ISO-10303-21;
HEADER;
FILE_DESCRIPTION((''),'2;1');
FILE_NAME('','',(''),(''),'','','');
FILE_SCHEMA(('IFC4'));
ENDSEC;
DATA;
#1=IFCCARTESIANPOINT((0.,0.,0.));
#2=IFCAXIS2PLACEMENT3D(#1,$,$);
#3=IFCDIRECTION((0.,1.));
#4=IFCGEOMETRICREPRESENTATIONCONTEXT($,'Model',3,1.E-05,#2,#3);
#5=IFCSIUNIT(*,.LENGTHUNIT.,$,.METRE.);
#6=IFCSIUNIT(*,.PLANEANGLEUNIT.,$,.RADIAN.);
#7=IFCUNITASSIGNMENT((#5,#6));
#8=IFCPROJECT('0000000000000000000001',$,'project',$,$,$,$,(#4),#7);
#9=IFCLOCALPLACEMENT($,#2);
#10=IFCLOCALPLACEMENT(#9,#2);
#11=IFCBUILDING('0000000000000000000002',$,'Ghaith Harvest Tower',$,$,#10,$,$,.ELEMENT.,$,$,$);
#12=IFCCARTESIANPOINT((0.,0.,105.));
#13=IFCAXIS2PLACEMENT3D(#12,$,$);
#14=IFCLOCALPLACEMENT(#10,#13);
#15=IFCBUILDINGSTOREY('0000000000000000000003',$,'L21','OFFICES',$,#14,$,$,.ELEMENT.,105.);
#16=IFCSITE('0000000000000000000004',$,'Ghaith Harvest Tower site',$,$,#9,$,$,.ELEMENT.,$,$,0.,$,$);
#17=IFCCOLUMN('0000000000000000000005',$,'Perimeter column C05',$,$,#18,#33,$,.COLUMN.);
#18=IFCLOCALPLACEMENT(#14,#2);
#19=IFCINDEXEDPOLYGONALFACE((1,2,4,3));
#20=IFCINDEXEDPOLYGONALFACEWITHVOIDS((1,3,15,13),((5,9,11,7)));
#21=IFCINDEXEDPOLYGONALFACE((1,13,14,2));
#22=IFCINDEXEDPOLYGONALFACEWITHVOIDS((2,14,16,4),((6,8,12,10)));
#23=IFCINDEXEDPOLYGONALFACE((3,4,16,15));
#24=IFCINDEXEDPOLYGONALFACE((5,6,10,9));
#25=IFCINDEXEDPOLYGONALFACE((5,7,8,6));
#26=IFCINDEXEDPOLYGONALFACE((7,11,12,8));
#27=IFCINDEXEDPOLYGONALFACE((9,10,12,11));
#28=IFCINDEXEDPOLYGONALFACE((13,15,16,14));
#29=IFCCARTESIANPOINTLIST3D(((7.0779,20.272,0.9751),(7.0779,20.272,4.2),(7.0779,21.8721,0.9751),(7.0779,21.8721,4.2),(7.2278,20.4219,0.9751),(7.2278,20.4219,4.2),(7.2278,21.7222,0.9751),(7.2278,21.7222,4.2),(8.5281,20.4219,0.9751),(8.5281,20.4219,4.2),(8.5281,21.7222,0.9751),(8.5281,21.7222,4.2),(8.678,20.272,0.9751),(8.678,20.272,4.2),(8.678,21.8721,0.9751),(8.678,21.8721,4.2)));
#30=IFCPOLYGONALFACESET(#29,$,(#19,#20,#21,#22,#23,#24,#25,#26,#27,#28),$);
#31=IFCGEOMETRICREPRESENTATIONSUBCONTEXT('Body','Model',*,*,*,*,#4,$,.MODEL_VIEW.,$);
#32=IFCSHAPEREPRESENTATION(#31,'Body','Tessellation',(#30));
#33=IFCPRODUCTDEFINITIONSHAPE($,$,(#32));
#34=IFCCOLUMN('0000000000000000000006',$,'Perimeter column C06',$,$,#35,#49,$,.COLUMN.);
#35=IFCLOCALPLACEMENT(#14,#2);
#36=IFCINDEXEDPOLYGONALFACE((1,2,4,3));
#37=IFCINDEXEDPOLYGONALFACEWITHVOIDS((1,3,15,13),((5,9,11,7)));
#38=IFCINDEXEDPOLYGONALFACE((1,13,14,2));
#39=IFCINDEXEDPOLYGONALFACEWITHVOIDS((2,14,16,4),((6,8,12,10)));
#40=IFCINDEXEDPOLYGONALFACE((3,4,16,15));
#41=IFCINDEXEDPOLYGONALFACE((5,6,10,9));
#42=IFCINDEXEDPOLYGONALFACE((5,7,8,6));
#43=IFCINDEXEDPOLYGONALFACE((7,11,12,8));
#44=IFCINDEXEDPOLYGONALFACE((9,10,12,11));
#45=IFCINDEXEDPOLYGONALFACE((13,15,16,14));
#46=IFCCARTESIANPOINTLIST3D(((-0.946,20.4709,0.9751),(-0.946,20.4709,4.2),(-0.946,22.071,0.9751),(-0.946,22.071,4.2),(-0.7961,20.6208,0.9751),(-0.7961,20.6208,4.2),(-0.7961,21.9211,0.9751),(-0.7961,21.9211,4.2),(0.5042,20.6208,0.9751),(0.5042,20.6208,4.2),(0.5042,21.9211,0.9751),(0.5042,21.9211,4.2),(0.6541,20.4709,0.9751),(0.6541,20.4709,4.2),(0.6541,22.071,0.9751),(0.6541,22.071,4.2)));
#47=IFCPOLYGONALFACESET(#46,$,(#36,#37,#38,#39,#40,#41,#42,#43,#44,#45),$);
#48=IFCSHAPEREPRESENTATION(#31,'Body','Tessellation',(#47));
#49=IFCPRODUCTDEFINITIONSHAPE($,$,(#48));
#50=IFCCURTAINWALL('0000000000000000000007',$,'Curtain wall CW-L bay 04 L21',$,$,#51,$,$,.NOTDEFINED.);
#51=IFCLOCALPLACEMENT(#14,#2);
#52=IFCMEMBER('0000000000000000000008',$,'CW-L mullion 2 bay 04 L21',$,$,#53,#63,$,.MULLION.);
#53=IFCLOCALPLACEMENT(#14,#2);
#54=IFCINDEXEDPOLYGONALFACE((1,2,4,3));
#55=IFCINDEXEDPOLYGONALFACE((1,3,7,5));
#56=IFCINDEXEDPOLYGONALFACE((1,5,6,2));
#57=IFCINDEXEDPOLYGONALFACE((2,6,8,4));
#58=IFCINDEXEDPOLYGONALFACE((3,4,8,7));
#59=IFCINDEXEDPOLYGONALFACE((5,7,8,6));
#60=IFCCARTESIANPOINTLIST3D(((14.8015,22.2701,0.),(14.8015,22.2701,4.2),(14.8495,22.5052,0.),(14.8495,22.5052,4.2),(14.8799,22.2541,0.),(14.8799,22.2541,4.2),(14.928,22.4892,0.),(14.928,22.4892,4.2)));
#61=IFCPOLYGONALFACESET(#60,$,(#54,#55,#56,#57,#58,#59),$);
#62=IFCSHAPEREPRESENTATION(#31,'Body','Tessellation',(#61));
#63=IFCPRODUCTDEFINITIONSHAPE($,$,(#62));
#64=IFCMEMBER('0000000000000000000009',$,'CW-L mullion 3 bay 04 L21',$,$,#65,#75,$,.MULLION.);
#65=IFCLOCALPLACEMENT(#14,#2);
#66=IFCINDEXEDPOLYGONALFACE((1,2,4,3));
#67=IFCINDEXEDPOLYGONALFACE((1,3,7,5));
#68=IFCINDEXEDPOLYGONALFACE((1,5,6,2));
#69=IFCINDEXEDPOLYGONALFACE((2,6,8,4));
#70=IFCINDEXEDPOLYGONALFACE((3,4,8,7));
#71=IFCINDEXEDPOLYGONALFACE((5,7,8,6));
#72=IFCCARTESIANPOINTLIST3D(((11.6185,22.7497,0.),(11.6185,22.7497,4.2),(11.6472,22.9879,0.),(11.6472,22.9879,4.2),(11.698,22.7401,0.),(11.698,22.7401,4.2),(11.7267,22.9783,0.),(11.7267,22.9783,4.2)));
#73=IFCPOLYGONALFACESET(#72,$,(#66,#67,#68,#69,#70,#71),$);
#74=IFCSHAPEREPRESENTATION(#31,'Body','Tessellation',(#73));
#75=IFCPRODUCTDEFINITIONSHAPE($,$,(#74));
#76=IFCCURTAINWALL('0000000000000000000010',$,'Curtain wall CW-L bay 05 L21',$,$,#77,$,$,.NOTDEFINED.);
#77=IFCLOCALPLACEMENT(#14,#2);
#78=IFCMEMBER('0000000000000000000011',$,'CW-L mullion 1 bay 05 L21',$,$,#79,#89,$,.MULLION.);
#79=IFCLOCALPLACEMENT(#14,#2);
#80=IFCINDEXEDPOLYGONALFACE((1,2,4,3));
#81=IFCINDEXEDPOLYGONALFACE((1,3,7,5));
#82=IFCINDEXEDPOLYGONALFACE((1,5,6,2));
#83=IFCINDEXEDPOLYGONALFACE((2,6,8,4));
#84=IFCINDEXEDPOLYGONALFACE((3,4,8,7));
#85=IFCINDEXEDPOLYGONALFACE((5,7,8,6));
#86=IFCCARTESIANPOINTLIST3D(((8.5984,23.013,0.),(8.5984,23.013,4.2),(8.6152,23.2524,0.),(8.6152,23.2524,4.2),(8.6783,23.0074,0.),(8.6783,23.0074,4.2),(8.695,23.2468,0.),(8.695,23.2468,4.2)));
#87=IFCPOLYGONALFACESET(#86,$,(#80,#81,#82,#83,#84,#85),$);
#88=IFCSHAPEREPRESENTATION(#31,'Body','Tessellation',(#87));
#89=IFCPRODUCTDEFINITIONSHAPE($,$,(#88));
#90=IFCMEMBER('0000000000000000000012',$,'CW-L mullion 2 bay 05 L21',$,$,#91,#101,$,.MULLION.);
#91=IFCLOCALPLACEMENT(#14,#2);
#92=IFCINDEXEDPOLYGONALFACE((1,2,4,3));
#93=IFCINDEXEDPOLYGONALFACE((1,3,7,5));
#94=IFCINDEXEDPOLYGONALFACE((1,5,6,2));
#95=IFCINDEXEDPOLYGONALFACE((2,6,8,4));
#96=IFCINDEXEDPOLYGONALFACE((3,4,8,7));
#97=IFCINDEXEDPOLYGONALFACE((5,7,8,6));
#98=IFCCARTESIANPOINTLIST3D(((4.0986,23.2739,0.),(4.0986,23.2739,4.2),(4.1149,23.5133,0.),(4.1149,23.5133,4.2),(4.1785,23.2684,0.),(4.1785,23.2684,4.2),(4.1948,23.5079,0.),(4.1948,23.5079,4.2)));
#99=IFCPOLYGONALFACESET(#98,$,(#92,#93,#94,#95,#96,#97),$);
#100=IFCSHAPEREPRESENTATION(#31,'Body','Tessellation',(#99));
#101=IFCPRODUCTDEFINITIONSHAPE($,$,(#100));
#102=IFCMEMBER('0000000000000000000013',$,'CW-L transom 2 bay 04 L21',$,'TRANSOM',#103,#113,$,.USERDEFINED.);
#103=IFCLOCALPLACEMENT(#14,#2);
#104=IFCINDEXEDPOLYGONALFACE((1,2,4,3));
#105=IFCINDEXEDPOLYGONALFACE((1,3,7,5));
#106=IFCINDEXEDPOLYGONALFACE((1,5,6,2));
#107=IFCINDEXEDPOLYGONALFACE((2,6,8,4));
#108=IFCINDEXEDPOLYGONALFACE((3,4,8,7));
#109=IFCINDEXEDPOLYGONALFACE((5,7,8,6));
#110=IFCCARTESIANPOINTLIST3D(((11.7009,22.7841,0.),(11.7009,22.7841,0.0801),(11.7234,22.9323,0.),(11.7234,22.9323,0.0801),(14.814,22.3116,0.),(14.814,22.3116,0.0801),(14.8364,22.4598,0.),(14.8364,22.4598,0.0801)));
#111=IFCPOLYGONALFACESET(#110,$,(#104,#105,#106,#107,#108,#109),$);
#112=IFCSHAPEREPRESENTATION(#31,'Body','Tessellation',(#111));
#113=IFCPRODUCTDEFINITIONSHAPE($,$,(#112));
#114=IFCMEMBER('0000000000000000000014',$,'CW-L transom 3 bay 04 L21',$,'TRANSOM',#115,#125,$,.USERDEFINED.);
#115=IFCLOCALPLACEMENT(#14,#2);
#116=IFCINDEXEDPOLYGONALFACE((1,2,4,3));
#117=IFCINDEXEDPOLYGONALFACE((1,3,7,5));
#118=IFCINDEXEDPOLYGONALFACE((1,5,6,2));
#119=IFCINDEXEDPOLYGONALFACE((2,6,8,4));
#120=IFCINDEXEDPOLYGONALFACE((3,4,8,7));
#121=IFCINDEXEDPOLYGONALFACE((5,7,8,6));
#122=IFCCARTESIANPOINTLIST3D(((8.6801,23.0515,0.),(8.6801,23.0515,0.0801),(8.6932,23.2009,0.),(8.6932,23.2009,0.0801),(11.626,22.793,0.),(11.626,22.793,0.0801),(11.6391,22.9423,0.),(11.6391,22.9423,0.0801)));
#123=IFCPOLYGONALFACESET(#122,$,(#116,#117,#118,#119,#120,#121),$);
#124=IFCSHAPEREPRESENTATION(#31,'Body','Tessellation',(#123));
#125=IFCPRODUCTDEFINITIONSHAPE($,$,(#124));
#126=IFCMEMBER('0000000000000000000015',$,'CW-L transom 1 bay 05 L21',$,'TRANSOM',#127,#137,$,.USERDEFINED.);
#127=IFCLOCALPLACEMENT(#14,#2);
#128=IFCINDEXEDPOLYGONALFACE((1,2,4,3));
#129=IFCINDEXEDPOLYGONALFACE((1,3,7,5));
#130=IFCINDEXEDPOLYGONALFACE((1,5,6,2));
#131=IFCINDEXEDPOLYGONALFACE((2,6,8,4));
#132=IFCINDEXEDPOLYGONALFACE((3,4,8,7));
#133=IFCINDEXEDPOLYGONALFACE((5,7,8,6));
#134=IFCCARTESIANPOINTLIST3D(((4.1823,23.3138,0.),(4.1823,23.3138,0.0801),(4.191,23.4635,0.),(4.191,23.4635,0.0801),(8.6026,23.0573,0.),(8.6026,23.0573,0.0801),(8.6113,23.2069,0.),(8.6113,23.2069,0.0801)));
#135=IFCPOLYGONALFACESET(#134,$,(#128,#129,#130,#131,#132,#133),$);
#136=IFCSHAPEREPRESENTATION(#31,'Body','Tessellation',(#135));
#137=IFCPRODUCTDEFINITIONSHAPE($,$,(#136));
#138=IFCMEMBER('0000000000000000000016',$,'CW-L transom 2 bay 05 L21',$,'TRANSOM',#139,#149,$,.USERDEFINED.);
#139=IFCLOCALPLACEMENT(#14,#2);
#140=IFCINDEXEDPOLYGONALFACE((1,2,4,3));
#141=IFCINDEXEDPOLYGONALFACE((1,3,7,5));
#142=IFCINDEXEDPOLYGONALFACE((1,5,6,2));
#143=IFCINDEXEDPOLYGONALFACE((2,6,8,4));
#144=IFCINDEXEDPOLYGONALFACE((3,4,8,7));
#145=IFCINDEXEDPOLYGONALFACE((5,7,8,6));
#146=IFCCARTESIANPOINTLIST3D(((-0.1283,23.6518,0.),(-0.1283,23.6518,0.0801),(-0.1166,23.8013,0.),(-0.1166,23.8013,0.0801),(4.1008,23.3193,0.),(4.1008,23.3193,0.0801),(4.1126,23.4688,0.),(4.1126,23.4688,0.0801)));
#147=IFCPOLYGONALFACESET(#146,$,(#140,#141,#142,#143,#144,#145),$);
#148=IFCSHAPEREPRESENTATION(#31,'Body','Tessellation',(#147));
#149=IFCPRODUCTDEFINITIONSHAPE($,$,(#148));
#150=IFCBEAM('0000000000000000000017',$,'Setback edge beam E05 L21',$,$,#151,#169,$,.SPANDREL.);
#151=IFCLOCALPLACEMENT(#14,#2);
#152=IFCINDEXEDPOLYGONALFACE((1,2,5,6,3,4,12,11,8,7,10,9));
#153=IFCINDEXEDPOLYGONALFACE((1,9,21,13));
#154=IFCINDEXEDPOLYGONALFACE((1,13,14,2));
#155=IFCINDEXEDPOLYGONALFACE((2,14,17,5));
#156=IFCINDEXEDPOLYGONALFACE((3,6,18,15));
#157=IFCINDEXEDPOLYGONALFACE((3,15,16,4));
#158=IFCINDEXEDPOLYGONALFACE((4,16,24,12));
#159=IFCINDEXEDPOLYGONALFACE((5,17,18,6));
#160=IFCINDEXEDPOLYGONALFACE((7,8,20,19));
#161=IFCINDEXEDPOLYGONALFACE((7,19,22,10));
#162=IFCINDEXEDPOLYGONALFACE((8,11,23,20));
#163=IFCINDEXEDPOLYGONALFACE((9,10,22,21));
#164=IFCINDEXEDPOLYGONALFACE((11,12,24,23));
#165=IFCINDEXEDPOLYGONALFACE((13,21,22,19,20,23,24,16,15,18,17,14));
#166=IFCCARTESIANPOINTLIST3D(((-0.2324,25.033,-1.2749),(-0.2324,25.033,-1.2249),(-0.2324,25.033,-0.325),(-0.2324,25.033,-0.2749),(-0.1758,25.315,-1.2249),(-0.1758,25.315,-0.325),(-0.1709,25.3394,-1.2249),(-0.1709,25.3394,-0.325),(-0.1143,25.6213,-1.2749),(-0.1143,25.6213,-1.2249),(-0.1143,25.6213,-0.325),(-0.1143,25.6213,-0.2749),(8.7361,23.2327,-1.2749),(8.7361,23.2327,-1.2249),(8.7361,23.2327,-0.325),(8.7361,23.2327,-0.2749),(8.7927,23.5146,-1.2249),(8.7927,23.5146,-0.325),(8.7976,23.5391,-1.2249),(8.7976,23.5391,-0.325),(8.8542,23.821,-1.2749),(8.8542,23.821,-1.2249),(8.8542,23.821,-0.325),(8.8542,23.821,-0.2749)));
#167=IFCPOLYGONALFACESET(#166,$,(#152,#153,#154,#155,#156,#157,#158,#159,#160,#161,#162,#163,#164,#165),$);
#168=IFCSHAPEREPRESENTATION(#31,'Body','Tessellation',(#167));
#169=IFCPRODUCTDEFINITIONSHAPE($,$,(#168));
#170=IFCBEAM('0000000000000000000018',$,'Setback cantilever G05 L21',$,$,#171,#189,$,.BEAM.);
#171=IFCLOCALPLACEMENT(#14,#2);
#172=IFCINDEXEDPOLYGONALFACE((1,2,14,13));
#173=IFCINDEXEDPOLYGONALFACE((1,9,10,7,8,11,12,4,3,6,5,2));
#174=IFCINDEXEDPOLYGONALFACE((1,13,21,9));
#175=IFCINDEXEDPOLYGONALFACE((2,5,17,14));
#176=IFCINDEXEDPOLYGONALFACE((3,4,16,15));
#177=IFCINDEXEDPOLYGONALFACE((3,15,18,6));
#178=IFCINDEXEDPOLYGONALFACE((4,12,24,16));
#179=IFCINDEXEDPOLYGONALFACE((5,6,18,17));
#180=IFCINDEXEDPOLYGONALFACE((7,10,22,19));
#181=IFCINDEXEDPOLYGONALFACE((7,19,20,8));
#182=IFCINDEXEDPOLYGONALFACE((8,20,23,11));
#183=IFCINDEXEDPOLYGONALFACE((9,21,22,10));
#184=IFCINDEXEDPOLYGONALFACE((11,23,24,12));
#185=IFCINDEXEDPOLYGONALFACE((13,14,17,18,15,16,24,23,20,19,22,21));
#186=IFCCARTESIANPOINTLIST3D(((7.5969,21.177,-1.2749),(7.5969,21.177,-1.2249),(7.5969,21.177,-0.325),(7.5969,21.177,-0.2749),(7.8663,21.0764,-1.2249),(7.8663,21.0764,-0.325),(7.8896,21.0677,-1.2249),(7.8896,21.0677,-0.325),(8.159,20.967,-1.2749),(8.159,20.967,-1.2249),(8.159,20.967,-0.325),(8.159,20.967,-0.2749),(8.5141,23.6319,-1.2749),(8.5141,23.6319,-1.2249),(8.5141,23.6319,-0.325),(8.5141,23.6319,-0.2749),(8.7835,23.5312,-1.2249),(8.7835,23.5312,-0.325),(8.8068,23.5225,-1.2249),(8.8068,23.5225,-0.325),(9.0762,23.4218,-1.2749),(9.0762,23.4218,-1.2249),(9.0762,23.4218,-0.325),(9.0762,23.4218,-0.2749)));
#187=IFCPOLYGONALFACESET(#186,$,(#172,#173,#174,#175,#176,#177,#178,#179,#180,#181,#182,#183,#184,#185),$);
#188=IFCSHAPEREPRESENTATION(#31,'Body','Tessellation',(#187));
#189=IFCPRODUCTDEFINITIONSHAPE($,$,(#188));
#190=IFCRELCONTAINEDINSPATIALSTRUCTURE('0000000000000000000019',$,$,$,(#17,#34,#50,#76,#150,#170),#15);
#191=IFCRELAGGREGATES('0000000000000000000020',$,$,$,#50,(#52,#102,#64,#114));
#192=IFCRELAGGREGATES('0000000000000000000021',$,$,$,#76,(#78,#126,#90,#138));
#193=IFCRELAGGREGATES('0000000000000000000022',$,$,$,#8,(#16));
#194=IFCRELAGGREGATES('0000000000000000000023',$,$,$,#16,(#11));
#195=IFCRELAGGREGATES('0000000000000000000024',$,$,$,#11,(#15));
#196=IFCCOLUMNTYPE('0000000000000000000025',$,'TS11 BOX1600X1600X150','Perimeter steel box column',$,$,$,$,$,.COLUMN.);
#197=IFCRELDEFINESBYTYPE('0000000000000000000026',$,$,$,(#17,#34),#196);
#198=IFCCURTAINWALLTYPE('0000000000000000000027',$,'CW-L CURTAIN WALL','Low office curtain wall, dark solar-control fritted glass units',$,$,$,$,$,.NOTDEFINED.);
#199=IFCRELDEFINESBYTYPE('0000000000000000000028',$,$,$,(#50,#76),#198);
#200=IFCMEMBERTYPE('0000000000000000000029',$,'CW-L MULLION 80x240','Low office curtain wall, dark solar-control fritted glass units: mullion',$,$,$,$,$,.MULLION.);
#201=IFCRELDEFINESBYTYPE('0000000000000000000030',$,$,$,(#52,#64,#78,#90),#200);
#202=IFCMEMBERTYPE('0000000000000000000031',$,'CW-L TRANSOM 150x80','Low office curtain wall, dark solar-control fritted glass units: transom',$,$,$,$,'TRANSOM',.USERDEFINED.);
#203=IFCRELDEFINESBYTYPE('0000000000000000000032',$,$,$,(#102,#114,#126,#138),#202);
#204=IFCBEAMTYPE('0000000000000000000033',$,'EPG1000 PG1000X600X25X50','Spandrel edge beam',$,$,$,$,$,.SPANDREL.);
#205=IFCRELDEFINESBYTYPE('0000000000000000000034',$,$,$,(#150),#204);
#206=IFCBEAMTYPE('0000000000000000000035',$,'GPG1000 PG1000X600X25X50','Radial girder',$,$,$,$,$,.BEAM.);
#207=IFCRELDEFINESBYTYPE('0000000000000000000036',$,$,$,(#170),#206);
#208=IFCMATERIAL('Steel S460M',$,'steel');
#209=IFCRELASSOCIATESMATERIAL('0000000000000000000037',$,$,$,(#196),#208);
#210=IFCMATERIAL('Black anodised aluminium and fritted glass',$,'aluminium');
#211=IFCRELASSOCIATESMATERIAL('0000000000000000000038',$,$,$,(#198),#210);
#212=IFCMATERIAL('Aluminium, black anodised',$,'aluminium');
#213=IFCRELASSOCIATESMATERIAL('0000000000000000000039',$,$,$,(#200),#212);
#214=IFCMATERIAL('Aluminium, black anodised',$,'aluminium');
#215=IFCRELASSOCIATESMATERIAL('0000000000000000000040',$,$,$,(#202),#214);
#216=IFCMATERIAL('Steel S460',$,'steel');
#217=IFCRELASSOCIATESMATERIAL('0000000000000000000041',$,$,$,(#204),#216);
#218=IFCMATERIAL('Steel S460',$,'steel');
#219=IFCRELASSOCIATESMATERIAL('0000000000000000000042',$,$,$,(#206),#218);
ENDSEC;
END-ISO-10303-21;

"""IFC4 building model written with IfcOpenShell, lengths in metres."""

from ifc_helpers import new_model, si_unit, direction, frame, origin, origin_2d, place, context, subcontext, project, spatial, rectangle, hollow_rectangle, i_section, extrude, material, material_profile, profile_set, type_object, element, aggregate, save


model = new_model("IFC4")

# Units and contexts
model_context = context("Model", 3, precision=1e-05, world=origin(), true_north=direction((0.0, 1.0)))
body_context = subcontext(model_context, "Body", "Model", "MODEL_VIEW")
ifc_project = project(units=[si_unit("LENGTHUNIT", "METRE"), si_unit("PLANEANGLEUNIT", "RADIAN")], contexts=[model_context])

# Site, building, storey
site_placement = place(None, origin())
site = spatial("IfcSite", under=ifc_project, at=site_placement, Name="Ghaith Harvest Tower site", CompositionType="ELEMENT", RefElevation=0.0)
building_placement = place(site_placement, origin())
building = spatial("IfcBuilding", under=site, at=building_placement, Name="Ghaith Harvest Tower", CompositionType="ELEMENT")
storey_placement = place(building_placement, frame((0.0, 0.0, 105.0)))
storey = spatial("IfcBuildingStorey", under=building, at=storey_placement, Name="L21", Description="OFFICES", CompositionType="ELEMENT", Elevation=105.0)

# Columns
ifc_material_1 = material(Name="Steel S460M", Category="steel")
ifc_material_profile_1 = material_profile(ifc_material_1, hollow_rectangle(XDim=1.6001, YDim=1.6001, WallThickness=0.1499, at=origin_2d()), Name="BOX1600X1600X150")
ifc_profile_set_1 = profile_set([ifc_material_profile_1], Name="Steel S460M")
column_type = type_object("IfcColumnType", Name="TS11 BOX1600X1600X150", Description="Perimeter steel box column", PredefinedType="COLUMN", material=ifc_profile_set_1)
for number, where, z_axis, x_axis, name in (
    (1, (7.8779, 21.072, 0.9751), (0.0, 0.0, 1.0), (1.0, 0.0, 0.0), "Perimeter column C05"),
    (2, (-0.146, 21.271, 0.9751), (0.0, 0.0, 1.0), (1.0, 0.0, 0.0), "Perimeter column C06"),
):
    element("IfcColumn", number, at=place(storey_placement, frame(where, z_axis=z_axis, x_axis=x_axis)), inside=storey, type_object=column_type, Name=name, PredefinedType="COLUMN", context=body_context, shape_type="SweptSolid", body=[
        extrude(hollow_rectangle(XDim=1.6001, YDim=1.6001, WallThickness=0.1499, at=origin_2d()), origin(), (0.0, 0.0, 1.0), 3.2249),
    ])

# Curtain walls, members
ifc_material_2 = material(Name="Black anodised aluminium and fritted glass", Category="aluminium")
curtain_wall_type = type_object("IfcCurtainWallType", Name="CW-L CURTAIN WALL", Description="Low office curtain wall, dark solar-control fritted glass units", PredefinedType="NOTDEFINED", material=ifc_material_2)
curtain_wall_1_placement = place(storey_placement, origin())
curtain_wall_1 = element("IfcCurtainWall", 3, at=curtain_wall_1_placement, inside=storey, type_object=curtain_wall_type, Name="Curtain wall CW-L bay 04 L21", PredefinedType="NOTDEFINED")
ifc_material_3 = material(Name="Aluminium, black anodised", Category="aluminium")
ifc_material_profile_2 = material_profile(ifc_material_3, rectangle(XDim=0.0801, YDim=0.24, at=origin_2d()), Name="CW-L MULLION 80x240")
ifc_profile_set_2 = profile_set([ifc_material_profile_2], Name="Aluminium, black anodised")
member_type_1 = type_object("IfcMemberType", Name="CW-L MULLION 80x240", Description="Low office curtain wall, dark solar-control fritted glass units: mullion", PredefinedType="MULLION", material=ifc_profile_set_2)
member_1_placement = place(storey_placement, frame((14.8647, 22.3796, 0.0), z_axis=(0.0, 0.0, 1.0), x_axis=(-0.979752, 0.200215, 0.0)))
member_1 = element("IfcMember", 4, at=member_1_placement, type_object=member_type_1, Name="CW-L mullion 2 bay 04 L21", PredefinedType="MULLION", context=body_context, shape_type="SweptSolid", body=[
    extrude(rectangle(XDim=0.0801, YDim=0.24, at=origin_2d()), origin(), (0.0, 0.0, 1.0), 4.2),
])
member_2_placement = place(storey_placement, frame((11.6726, 22.864, 0.0), z_axis=(0.0, 0.0, 1.0), x_axis=(-0.9928, 0.11978, 0.0)))
member_2 = element("IfcMember", 5, at=member_2_placement, type_object=member_type_1, Name="CW-L mullion 3 bay 04 L21", PredefinedType="MULLION", context=body_context, shape_type="SweptSolid", body=[
    extrude(rectangle(XDim=0.0801, YDim=0.24, at=origin_2d()), origin(), (0.0, 0.0, 1.0), 4.2),
])
curtain_wall_2_placement = place(storey_placement, origin())
curtain_wall_2 = element("IfcCurtainWall", 6, at=curtain_wall_2_placement, inside=storey, type_object=curtain_wall_type, Name="Curtain wall CW-L bay 05 L21", PredefinedType="NOTDEFINED")
member_3_placement = place(storey_placement, frame((8.6467, 23.1299, 0.0), z_axis=(0.0, 0.0, 1.0), x_axis=(-0.997559, 0.069832, 0.0)))
member_3 = element("IfcMember", 7, at=member_3_placement, type_object=member_type_1, Name="CW-L mullion 1 bay 05 L21", PredefinedType="MULLION", context=body_context, shape_type="SweptSolid", body=[
    extrude(rectangle(XDim=0.0801, YDim=0.24, at=origin_2d()), origin(), (0.0, 0.0, 1.0), 4.2),
])
member_4_placement = place(storey_placement, frame((4.1467, 23.3909, 0.0), z_axis=(0.0, 0.0, 1.0), x_axis=(-0.99769, 0.067933, 0.0)))
member_4 = element("IfcMember", 8, at=member_4_placement, type_object=member_type_1, Name="CW-L mullion 2 bay 05 L21", PredefinedType="MULLION", context=body_context, shape_type="SweptSolid", body=[
    extrude(rectangle(XDim=0.0801, YDim=0.24, at=origin_2d()), origin(), (0.0, 0.0, 1.0), 4.2),
])

# Members
ifc_material_4 = material(Name="Aluminium, black anodised", Category="aluminium")
ifc_material_profile_3 = material_profile(ifc_material_4, rectangle(XDim=0.1499, YDim=0.0801, at=origin_2d()), Name="CW-L TRANSOM 150x80")
ifc_profile_set_3 = profile_set([ifc_material_profile_3], Name="Aluminium, black anodised")
member_type_2 = type_object("IfcMemberType", Name="CW-L TRANSOM 150x80", Description="Low office curtain wall, dark solar-control fritted glass units: transom", ElementType="TRANSOM", PredefinedType="USERDEFINED", material=ifc_profile_set_3)
member_5_placement = place(storey_placement, frame((14.8252, 22.3857, 0.04), z_axis=(-0.988681, 0.150035, 0.0), x_axis=(-0.150035, -0.988681, 0.0)))
member_5 = element("IfcMember", 9, at=member_5_placement, type_object=member_type_2, Name="CW-L transom 2 bay 04 L21", ObjectType="TRANSOM", PredefinedType="USERDEFINED", context=body_context, shape_type="SweptSolid", body=[
    extrude(rectangle(XDim=0.1499, YDim=0.0801, at=origin_2d()), origin(), (0.0, 0.0, 1.0), 3.1487),
])
member_6_placement = place(storey_placement, frame((11.6326, 22.8677, 0.04), z_axis=(-0.996171, 0.087424, 0.0), x_axis=(-0.087424, -0.996171, 0.0)))
member_6 = element("IfcMember", 10, at=member_6_placement, type_object=member_type_2, Name="CW-L transom 3 bay 04 L21", ObjectType="TRANSOM", PredefinedType="USERDEFINED", context=body_context, shape_type="SweptSolid", body=[
    extrude(rectangle(XDim=0.1499, YDim=0.0801, at=origin_2d()), origin(), (0.0, 0.0, 1.0), 2.9573),
])
member_7_placement = place(storey_placement, frame((8.6069, 23.1321, 0.04), z_axis=(-0.99832, 0.05795, 0.0), x_axis=(-0.05795, -0.99832, 0.0)))
member_7 = element("IfcMember", 11, at=member_7_placement, type_object=member_type_2, Name="CW-L transom 1 bay 05 L21", ObjectType="TRANSOM", PredefinedType="USERDEFINED", context=body_context, shape_type="SweptSolid", body=[
    extrude(rectangle(XDim=0.1499, YDim=0.0801, at=origin_2d()), origin(), (0.0, 0.0, 1.0), 4.4277),
])
member_8_placement = place(storey_placement, frame((4.1067, 23.394, 0.04), z_axis=(-0.996923, 0.078382, 0.0), x_axis=(-0.078382, -0.996923, 0.0)))
member_8 = element("IfcMember", 12, at=member_8_placement, type_object=member_type_2, Name="CW-L transom 2 bay 05 L21", ObjectType="TRANSOM", PredefinedType="USERDEFINED", context=body_context, shape_type="SweptSolid", body=[
    extrude(rectangle(XDim=0.1499, YDim=0.0801, at=origin_2d()), origin(), (0.0, 0.0, 1.0), 4.2422),
])

# Beams
ifc_material_5 = material(Name="Steel S460", Category="steel")
ifc_material_profile_4 = material_profile(ifc_material_5, i_section(OverallWidth=0.6001, OverallDepth=1.0, WebThickness=0.0249, FlangeThickness=0.05, at=origin_2d()), Name="PG1000X600X25X50")
ifc_profile_set_4 = profile_set([ifc_material_profile_4], Name="Steel S460")
beam_type_1 = type_object("IfcBeamType", Name="EPG1000 PG1000X600X25X50", Description="Spandrel edge beam", PredefinedType="SPANDREL", material=ifc_profile_set_4)
beam_1_placement = place(storey_placement, frame((8.7952, 23.5269, -0.7749), z_axis=(-0.980442, 0.196809, 0.0), x_axis=(-0.196809, -0.980442, 0.0)))
element("IfcBeam", 13, at=beam_1_placement, inside=storey, type_object=beam_type_1, Name="Setback edge beam E05 L21", PredefinedType="SPANDREL", context=body_context, shape_type="SweptSolid", body=[
    extrude(i_section(OverallWidth=0.6001, OverallDepth=1.0, WebThickness=0.0249, FlangeThickness=0.05, at=origin_2d()), origin(), (0.0, 0.0, 1.0), 9.1475),
])
ifc_material_6 = material(Name="Steel S460", Category="steel")
ifc_material_profile_5 = material_profile(ifc_material_6, i_section(OverallWidth=0.6001, OverallDepth=1.0, WebThickness=0.0249, FlangeThickness=0.05, at=origin_2d()), Name="PG1000X600X25X50")
ifc_profile_set_5 = profile_set([ifc_material_profile_5], Name="Steel S460")
beam_type_2 = type_object("IfcBeamType", Name="GPG1000 PG1000X600X25X50", Description="Radial girder", PredefinedType="BEAM", material=ifc_profile_set_5)
beam_2_placement = place(storey_placement, frame((7.8779, 21.072, -0.7749), z_axis=(0.35001, 0.936746, 0.0), x_axis=(-0.936746, 0.35001, 0.0)))
element("IfcBeam", 14, at=beam_2_placement, inside=storey, type_object=beam_type_2, Name="Setback cantilever G05 L21", PredefinedType="BEAM", context=body_context, shape_type="SweptSolid", body=[
    extrude(i_section(OverallWidth=0.6001, OverallDepth=1.0, WebThickness=0.0249, FlangeThickness=0.05, at=origin_2d()), origin(), (0.0, 0.0, 1.0), 2.6206),
])

aggregate(curtain_wall_1, [member_1, member_5, member_2, member_6])
aggregate(curtain_wall_2, [member_3, member_7, member_4, member_8])

save(model, "model.ifc")
